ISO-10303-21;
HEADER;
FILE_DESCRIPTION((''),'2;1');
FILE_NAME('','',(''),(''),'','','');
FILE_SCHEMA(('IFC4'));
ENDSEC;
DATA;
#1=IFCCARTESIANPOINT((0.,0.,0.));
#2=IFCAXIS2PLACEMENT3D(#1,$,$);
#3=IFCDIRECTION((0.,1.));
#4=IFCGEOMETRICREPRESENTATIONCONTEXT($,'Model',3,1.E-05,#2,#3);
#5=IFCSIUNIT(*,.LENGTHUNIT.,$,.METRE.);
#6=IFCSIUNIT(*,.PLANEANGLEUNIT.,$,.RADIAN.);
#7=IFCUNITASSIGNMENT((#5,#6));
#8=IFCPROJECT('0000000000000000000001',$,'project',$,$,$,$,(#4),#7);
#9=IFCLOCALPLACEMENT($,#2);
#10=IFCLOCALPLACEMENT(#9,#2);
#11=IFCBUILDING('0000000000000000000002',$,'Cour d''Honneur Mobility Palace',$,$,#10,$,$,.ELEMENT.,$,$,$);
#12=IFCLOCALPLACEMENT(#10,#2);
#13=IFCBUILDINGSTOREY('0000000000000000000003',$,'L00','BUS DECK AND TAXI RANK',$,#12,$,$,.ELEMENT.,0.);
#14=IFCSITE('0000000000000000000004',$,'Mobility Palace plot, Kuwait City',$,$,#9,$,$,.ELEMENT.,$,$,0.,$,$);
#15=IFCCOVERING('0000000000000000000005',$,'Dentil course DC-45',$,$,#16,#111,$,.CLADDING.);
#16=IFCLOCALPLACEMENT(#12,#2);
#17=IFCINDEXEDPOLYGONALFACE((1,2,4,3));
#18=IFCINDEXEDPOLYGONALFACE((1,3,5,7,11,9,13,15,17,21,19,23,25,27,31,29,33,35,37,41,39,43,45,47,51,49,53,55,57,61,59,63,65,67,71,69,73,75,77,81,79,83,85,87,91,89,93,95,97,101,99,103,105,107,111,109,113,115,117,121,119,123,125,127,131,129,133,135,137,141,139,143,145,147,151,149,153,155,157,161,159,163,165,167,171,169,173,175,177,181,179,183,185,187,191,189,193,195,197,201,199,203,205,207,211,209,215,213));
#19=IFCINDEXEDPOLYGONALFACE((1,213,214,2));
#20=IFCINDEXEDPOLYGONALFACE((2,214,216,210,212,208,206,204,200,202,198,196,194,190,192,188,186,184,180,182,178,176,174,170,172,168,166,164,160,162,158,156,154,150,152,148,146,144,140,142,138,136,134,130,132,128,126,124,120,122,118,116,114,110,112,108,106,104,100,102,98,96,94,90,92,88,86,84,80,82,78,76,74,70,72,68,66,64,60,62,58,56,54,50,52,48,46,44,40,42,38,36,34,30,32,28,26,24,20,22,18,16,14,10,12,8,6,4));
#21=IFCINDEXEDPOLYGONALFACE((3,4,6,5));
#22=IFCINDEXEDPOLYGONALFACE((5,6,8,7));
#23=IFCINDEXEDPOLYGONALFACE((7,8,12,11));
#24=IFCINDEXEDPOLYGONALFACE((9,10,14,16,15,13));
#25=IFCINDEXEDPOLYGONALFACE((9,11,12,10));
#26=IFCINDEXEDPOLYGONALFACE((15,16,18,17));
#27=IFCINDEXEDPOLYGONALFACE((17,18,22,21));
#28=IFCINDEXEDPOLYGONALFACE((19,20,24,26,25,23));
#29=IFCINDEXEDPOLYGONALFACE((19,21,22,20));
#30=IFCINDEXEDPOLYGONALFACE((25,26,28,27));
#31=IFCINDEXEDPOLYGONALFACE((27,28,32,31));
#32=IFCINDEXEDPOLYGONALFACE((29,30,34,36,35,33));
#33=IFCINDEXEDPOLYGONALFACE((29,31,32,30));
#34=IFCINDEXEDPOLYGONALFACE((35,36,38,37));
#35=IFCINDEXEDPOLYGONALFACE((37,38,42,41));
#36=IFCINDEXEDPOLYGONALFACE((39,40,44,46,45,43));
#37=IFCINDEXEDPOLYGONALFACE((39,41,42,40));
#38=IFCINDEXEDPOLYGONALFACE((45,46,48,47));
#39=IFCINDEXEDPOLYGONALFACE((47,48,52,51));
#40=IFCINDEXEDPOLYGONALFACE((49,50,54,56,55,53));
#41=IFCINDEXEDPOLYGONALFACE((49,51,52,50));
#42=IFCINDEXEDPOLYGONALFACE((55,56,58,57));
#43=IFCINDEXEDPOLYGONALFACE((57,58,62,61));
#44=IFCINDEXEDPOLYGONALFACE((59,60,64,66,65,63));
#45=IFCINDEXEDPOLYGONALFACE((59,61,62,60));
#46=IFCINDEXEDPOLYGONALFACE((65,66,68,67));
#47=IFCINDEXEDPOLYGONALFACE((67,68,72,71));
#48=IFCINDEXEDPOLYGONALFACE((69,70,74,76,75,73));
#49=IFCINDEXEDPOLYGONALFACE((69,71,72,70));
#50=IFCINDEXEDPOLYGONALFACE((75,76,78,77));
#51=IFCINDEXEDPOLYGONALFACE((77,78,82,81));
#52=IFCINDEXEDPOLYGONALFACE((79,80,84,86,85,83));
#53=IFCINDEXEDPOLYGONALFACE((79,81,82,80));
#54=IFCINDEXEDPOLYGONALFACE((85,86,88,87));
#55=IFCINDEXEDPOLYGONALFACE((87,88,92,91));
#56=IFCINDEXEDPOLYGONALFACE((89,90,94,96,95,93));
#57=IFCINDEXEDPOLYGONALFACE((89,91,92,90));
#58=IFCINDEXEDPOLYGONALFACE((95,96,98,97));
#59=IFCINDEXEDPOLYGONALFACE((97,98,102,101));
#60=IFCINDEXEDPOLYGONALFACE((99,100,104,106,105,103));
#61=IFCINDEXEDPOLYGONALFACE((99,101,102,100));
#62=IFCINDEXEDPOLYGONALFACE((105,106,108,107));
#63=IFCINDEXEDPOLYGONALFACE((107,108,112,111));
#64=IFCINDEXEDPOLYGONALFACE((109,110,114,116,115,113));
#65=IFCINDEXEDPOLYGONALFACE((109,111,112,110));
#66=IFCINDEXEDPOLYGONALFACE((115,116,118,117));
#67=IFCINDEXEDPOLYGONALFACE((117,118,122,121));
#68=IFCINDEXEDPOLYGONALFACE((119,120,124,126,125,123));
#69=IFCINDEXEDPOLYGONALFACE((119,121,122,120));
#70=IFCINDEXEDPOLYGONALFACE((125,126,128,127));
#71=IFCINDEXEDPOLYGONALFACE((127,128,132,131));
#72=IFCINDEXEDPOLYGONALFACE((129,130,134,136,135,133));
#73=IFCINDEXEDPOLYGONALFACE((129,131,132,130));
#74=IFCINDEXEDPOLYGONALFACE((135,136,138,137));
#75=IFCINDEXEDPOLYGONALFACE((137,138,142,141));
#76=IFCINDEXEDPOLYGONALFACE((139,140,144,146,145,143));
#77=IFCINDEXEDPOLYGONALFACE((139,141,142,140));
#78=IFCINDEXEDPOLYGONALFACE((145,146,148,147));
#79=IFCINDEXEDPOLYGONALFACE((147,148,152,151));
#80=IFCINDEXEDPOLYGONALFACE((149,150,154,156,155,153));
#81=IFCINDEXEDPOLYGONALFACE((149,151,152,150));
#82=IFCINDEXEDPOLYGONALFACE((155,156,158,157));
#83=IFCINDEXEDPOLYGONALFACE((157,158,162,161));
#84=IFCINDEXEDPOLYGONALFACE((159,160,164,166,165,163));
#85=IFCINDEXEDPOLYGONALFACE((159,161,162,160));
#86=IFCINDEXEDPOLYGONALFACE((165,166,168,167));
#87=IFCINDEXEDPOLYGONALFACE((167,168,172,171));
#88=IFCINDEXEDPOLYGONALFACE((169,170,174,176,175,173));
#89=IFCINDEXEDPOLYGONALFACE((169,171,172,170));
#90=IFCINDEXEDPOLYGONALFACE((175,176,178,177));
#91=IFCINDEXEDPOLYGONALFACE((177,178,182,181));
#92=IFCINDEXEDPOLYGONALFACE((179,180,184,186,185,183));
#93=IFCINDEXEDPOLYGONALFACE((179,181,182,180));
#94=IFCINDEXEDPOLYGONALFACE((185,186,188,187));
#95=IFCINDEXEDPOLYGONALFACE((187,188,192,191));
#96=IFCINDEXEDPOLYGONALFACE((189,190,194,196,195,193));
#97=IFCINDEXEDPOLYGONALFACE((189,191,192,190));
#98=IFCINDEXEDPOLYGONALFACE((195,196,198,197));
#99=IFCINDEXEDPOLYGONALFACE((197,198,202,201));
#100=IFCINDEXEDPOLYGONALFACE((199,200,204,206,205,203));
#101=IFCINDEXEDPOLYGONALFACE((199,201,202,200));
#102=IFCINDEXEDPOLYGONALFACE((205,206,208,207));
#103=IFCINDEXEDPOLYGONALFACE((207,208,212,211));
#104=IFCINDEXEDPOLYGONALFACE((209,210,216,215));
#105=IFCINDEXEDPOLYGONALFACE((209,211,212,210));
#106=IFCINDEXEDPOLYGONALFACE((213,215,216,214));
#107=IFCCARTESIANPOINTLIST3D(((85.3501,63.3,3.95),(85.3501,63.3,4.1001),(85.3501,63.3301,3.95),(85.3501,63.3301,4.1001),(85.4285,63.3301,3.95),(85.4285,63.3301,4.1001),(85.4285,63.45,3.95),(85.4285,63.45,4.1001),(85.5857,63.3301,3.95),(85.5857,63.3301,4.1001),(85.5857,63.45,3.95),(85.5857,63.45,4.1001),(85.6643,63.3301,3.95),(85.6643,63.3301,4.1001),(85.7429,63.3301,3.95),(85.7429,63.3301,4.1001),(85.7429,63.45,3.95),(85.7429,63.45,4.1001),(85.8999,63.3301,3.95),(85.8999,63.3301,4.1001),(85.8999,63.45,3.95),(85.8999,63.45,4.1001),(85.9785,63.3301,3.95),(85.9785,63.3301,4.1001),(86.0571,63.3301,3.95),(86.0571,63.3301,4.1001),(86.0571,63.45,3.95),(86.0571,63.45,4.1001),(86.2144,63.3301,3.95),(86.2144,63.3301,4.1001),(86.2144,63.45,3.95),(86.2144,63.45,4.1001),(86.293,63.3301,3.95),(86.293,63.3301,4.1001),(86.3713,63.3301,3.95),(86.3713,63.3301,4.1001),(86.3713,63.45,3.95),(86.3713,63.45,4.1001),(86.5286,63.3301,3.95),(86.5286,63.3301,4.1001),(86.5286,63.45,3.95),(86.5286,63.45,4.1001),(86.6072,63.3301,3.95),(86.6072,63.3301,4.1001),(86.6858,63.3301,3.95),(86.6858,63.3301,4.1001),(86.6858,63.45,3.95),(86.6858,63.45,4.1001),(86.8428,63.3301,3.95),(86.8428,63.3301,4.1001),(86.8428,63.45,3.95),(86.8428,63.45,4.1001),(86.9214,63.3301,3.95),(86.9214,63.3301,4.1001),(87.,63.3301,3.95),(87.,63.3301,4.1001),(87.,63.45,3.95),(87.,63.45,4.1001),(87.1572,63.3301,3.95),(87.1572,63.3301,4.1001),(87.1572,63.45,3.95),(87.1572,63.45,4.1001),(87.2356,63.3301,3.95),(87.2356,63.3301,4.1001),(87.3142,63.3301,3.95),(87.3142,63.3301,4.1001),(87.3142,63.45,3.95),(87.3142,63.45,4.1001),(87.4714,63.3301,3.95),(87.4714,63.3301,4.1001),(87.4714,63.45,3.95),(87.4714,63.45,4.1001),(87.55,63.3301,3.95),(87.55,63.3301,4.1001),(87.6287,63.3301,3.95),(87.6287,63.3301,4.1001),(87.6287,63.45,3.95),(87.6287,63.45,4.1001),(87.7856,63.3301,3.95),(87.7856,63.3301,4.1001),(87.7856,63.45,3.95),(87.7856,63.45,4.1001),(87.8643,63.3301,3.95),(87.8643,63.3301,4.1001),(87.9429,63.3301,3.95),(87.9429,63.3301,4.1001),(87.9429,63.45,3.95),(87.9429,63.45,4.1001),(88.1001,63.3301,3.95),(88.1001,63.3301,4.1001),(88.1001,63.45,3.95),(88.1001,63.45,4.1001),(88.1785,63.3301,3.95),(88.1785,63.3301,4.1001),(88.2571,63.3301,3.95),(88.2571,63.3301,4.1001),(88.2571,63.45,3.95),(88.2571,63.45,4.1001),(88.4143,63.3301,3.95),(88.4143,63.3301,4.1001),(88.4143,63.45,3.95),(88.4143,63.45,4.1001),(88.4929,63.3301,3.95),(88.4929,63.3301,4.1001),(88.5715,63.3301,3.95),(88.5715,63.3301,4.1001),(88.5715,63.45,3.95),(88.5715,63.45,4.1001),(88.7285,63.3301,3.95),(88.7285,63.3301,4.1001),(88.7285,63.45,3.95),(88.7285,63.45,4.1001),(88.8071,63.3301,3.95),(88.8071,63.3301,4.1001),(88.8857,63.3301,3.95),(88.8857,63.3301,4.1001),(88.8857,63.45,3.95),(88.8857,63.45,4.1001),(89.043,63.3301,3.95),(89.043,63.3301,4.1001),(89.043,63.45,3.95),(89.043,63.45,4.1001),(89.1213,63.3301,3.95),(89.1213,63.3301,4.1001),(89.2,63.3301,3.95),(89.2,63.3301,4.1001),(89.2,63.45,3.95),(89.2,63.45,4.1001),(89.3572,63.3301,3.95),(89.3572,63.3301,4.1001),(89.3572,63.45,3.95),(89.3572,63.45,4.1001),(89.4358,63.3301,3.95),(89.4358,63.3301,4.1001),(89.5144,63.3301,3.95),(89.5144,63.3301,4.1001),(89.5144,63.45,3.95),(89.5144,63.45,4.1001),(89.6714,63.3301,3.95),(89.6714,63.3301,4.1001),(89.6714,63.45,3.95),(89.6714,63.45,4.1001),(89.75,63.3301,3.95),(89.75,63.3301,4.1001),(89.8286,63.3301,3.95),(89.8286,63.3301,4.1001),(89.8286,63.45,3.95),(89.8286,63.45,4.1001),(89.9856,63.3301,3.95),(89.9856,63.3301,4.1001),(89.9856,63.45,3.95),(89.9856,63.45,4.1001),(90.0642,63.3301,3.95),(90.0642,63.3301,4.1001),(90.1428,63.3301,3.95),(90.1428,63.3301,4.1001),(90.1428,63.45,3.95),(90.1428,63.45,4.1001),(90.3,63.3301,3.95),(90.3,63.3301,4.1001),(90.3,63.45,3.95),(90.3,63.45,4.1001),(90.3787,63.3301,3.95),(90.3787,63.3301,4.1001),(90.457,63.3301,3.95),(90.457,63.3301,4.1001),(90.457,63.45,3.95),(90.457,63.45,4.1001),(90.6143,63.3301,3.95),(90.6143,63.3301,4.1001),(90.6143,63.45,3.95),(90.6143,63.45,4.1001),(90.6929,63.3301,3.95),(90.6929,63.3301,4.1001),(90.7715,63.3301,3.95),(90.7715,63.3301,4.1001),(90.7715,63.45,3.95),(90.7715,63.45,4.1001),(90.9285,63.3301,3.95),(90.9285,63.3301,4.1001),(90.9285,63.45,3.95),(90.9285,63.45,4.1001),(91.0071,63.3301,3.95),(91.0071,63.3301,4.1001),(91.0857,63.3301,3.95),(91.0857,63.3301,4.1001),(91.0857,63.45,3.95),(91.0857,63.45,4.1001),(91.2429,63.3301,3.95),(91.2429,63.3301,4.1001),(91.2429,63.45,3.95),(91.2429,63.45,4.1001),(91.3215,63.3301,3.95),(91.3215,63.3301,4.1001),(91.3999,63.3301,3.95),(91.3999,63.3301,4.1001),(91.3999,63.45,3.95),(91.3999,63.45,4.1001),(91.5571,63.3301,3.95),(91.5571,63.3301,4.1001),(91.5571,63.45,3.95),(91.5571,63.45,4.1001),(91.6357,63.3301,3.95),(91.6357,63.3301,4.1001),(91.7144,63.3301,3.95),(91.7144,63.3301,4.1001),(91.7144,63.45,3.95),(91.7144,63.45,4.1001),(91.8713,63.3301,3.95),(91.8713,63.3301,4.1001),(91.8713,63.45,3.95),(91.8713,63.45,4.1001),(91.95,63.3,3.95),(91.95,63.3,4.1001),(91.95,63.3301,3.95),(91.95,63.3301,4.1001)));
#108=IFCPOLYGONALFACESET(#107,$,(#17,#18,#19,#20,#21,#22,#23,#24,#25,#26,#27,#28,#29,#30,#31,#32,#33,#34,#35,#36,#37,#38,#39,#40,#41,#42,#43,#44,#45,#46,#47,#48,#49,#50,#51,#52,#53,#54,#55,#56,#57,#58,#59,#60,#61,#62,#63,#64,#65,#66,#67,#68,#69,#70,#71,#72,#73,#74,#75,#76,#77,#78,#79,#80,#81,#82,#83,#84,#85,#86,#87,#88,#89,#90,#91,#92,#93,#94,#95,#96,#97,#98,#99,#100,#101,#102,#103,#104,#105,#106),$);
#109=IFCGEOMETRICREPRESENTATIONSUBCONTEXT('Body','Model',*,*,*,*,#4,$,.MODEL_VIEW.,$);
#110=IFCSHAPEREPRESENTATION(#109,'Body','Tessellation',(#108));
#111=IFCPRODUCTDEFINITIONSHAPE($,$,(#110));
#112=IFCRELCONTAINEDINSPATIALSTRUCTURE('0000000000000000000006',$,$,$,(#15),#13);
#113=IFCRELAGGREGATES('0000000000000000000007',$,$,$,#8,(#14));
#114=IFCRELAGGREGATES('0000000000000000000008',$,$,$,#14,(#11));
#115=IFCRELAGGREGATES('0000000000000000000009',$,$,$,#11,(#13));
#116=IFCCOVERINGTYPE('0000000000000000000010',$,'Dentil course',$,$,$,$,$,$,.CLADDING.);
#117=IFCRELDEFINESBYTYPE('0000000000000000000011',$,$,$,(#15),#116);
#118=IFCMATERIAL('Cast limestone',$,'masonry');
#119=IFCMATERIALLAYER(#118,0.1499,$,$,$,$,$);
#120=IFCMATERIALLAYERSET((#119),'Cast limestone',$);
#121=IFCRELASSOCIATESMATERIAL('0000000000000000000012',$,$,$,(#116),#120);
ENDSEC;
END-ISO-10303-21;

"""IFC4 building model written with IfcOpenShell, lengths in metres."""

from ifc_helpers import new_model, si_unit, direction, frame, origin, place, context, subcontext, project, spatial, polyline, outline, extrude, material, layer, layer_set, type_object, element, save


model = new_model("IFC4")

# Units and contexts
model_context = context("Model", 3, precision=1e-05, world=origin(), true_north=direction((0.0, 1.0)))
body_context = subcontext(model_context, "Body", "Model", "MODEL_VIEW")
ifc_project = project(units=[si_unit("LENGTHUNIT", "METRE"), si_unit("PLANEANGLEUNIT", "RADIAN")], contexts=[model_context])

# Site, building, storey
site_placement = place(None, origin())
site = spatial("IfcSite", under=ifc_project, at=site_placement, Name="Mobility Palace plot, Kuwait City", CompositionType="ELEMENT", RefElevation=0.0)
building_placement = place(site_placement, origin())
building = spatial("IfcBuilding", under=site, at=building_placement, Name="Cour d'Honneur Mobility Palace", CompositionType="ELEMENT")
storey_placement = place(building_placement, origin())
storey = spatial("IfcBuildingStorey", under=building, at=storey_placement, Name="L00", Description="BUS DECK AND TAXI RANK", CompositionType="ELEMENT", Elevation=0.0)

# Covering
ifc_material = material(Name="Cast limestone", Category="masonry")
ifc_layer = layer(ifc_material, 0.1499)
ifc_layer_set = layer_set([ifc_layer], Name="Cast limestone")
covering_type = type_object("IfcCoveringType", Name="Dentil course", PredefinedType="CLADDING", material=ifc_layer_set)
covering_1_placement = place(storey_placement, frame((0.0, 0.0, 3.95)))
element("IfcCovering", 1, at=covering_1_placement, inside=storey, type_object=covering_type, Name="Dentil course DC-45", PredefinedType="CLADDING", context=body_context, shape_type="SweptSolid", body=[
    extrude(outline(polyline([(91.95, 63.3), (85.3501, 63.3), (85.3501, 63.3301), (85.3501, 63.3301), (85.4285, 63.3301), (85.4285, 63.45), (85.5857, 63.45), (85.5857, 63.3301), (85.6643, 63.3301), (85.6643, 63.3301), (85.7429, 63.3301), (85.7429, 63.45), (85.8999, 63.45), (85.8999, 63.3301), (85.9785, 63.3301), (85.9785, 63.3301), (86.0571, 63.3301), (86.0571, 63.45), (86.2144, 63.45), (86.2144, 63.3301), (86.293, 63.3301), (86.293, 63.3301), (86.3713, 63.3301), (86.3713, 63.45), (86.5286, 63.45), (86.5286, 63.3301), (86.6072, 63.3301), (86.6072, 63.3301), (86.6858, 63.3301), (86.6858, 63.45), (86.8428, 63.45), (86.8428, 63.3301), (86.9214, 63.3301), (86.9214, 63.3301), (87.0, 63.3301), (87.0, 63.45), (87.1572, 63.45), (87.1572, 63.3301), (87.2356, 63.3301), (87.2356, 63.3301), (87.3142, 63.3301), (87.3142, 63.45), (87.4714, 63.45), (87.4714, 63.3301), (87.55, 63.3301), (87.55, 63.3301), (87.6287, 63.3301), (87.6287, 63.45), (87.7856, 63.45), (87.7856, 63.3301), (87.8643, 63.3301), (87.8643, 63.3301), (87.9429, 63.3301), (87.9429, 63.45), (88.1001, 63.45), (88.1001, 63.3301), (88.1785, 63.3301), (88.1785, 63.3301), (88.2571, 63.3301), (88.2571, 63.45), (88.4143, 63.45), (88.4143, 63.3301), (88.4929, 63.3301), (88.4929, 63.3301), (88.5715, 63.3301), (88.5715, 63.45), (88.7285, 63.45), (88.7285, 63.3301), (88.8071, 63.3301), (88.8071, 63.3301), (88.8857, 63.3301), (88.8857, 63.45), (89.043, 63.45), (89.043, 63.3301), (89.1213, 63.3301), (89.1213, 63.3301), (89.2, 63.3301), (89.2, 63.45), (89.3572, 63.45), (89.3572, 63.3301), (89.4358, 63.3301), (89.4358, 63.3301), (89.5144, 63.3301), (89.5144, 63.45), (89.6714, 63.45), (89.6714, 63.3301), (89.75, 63.3301), (89.75, 63.3301), (89.8286, 63.3301), (89.8286, 63.45), (89.9856, 63.45), (89.9856, 63.3301), (90.0642, 63.3301), (90.0642, 63.3301), (90.1428, 63.3301), (90.1428, 63.45), (90.3, 63.45), (90.3, 63.3301), (90.3787, 63.3301), (90.3787, 63.3301), (90.457, 63.3301), (90.457, 63.45), (90.6143, 63.45), (90.6143, 63.3301), (90.6929, 63.3301), (90.6929, 63.3301), (90.7715, 63.3301), (90.7715, 63.45), (90.9285, 63.45), (90.9285, 63.3301), (91.0071, 63.3301), (91.0071, 63.3301), (91.0857, 63.3301), (91.0857, 63.45), (91.2429, 63.45), (91.2429, 63.3301), (91.3215, 63.3301), (91.3215, 63.3301), (91.3999, 63.3301), (91.3999, 63.45), (91.5571, 63.45), (91.5571, 63.3301), (91.6357, 63.3301), (91.6357, 63.3301), (91.7144, 63.3301), (91.7144, 63.45), (91.8713, 63.45), (91.8713, 63.3301), (91.95, 63.3301), (91.95, 63.3)])), origin(), (0.0, 0.0, 1.0), 0.1501),
])

save(model, "model.ifc")
